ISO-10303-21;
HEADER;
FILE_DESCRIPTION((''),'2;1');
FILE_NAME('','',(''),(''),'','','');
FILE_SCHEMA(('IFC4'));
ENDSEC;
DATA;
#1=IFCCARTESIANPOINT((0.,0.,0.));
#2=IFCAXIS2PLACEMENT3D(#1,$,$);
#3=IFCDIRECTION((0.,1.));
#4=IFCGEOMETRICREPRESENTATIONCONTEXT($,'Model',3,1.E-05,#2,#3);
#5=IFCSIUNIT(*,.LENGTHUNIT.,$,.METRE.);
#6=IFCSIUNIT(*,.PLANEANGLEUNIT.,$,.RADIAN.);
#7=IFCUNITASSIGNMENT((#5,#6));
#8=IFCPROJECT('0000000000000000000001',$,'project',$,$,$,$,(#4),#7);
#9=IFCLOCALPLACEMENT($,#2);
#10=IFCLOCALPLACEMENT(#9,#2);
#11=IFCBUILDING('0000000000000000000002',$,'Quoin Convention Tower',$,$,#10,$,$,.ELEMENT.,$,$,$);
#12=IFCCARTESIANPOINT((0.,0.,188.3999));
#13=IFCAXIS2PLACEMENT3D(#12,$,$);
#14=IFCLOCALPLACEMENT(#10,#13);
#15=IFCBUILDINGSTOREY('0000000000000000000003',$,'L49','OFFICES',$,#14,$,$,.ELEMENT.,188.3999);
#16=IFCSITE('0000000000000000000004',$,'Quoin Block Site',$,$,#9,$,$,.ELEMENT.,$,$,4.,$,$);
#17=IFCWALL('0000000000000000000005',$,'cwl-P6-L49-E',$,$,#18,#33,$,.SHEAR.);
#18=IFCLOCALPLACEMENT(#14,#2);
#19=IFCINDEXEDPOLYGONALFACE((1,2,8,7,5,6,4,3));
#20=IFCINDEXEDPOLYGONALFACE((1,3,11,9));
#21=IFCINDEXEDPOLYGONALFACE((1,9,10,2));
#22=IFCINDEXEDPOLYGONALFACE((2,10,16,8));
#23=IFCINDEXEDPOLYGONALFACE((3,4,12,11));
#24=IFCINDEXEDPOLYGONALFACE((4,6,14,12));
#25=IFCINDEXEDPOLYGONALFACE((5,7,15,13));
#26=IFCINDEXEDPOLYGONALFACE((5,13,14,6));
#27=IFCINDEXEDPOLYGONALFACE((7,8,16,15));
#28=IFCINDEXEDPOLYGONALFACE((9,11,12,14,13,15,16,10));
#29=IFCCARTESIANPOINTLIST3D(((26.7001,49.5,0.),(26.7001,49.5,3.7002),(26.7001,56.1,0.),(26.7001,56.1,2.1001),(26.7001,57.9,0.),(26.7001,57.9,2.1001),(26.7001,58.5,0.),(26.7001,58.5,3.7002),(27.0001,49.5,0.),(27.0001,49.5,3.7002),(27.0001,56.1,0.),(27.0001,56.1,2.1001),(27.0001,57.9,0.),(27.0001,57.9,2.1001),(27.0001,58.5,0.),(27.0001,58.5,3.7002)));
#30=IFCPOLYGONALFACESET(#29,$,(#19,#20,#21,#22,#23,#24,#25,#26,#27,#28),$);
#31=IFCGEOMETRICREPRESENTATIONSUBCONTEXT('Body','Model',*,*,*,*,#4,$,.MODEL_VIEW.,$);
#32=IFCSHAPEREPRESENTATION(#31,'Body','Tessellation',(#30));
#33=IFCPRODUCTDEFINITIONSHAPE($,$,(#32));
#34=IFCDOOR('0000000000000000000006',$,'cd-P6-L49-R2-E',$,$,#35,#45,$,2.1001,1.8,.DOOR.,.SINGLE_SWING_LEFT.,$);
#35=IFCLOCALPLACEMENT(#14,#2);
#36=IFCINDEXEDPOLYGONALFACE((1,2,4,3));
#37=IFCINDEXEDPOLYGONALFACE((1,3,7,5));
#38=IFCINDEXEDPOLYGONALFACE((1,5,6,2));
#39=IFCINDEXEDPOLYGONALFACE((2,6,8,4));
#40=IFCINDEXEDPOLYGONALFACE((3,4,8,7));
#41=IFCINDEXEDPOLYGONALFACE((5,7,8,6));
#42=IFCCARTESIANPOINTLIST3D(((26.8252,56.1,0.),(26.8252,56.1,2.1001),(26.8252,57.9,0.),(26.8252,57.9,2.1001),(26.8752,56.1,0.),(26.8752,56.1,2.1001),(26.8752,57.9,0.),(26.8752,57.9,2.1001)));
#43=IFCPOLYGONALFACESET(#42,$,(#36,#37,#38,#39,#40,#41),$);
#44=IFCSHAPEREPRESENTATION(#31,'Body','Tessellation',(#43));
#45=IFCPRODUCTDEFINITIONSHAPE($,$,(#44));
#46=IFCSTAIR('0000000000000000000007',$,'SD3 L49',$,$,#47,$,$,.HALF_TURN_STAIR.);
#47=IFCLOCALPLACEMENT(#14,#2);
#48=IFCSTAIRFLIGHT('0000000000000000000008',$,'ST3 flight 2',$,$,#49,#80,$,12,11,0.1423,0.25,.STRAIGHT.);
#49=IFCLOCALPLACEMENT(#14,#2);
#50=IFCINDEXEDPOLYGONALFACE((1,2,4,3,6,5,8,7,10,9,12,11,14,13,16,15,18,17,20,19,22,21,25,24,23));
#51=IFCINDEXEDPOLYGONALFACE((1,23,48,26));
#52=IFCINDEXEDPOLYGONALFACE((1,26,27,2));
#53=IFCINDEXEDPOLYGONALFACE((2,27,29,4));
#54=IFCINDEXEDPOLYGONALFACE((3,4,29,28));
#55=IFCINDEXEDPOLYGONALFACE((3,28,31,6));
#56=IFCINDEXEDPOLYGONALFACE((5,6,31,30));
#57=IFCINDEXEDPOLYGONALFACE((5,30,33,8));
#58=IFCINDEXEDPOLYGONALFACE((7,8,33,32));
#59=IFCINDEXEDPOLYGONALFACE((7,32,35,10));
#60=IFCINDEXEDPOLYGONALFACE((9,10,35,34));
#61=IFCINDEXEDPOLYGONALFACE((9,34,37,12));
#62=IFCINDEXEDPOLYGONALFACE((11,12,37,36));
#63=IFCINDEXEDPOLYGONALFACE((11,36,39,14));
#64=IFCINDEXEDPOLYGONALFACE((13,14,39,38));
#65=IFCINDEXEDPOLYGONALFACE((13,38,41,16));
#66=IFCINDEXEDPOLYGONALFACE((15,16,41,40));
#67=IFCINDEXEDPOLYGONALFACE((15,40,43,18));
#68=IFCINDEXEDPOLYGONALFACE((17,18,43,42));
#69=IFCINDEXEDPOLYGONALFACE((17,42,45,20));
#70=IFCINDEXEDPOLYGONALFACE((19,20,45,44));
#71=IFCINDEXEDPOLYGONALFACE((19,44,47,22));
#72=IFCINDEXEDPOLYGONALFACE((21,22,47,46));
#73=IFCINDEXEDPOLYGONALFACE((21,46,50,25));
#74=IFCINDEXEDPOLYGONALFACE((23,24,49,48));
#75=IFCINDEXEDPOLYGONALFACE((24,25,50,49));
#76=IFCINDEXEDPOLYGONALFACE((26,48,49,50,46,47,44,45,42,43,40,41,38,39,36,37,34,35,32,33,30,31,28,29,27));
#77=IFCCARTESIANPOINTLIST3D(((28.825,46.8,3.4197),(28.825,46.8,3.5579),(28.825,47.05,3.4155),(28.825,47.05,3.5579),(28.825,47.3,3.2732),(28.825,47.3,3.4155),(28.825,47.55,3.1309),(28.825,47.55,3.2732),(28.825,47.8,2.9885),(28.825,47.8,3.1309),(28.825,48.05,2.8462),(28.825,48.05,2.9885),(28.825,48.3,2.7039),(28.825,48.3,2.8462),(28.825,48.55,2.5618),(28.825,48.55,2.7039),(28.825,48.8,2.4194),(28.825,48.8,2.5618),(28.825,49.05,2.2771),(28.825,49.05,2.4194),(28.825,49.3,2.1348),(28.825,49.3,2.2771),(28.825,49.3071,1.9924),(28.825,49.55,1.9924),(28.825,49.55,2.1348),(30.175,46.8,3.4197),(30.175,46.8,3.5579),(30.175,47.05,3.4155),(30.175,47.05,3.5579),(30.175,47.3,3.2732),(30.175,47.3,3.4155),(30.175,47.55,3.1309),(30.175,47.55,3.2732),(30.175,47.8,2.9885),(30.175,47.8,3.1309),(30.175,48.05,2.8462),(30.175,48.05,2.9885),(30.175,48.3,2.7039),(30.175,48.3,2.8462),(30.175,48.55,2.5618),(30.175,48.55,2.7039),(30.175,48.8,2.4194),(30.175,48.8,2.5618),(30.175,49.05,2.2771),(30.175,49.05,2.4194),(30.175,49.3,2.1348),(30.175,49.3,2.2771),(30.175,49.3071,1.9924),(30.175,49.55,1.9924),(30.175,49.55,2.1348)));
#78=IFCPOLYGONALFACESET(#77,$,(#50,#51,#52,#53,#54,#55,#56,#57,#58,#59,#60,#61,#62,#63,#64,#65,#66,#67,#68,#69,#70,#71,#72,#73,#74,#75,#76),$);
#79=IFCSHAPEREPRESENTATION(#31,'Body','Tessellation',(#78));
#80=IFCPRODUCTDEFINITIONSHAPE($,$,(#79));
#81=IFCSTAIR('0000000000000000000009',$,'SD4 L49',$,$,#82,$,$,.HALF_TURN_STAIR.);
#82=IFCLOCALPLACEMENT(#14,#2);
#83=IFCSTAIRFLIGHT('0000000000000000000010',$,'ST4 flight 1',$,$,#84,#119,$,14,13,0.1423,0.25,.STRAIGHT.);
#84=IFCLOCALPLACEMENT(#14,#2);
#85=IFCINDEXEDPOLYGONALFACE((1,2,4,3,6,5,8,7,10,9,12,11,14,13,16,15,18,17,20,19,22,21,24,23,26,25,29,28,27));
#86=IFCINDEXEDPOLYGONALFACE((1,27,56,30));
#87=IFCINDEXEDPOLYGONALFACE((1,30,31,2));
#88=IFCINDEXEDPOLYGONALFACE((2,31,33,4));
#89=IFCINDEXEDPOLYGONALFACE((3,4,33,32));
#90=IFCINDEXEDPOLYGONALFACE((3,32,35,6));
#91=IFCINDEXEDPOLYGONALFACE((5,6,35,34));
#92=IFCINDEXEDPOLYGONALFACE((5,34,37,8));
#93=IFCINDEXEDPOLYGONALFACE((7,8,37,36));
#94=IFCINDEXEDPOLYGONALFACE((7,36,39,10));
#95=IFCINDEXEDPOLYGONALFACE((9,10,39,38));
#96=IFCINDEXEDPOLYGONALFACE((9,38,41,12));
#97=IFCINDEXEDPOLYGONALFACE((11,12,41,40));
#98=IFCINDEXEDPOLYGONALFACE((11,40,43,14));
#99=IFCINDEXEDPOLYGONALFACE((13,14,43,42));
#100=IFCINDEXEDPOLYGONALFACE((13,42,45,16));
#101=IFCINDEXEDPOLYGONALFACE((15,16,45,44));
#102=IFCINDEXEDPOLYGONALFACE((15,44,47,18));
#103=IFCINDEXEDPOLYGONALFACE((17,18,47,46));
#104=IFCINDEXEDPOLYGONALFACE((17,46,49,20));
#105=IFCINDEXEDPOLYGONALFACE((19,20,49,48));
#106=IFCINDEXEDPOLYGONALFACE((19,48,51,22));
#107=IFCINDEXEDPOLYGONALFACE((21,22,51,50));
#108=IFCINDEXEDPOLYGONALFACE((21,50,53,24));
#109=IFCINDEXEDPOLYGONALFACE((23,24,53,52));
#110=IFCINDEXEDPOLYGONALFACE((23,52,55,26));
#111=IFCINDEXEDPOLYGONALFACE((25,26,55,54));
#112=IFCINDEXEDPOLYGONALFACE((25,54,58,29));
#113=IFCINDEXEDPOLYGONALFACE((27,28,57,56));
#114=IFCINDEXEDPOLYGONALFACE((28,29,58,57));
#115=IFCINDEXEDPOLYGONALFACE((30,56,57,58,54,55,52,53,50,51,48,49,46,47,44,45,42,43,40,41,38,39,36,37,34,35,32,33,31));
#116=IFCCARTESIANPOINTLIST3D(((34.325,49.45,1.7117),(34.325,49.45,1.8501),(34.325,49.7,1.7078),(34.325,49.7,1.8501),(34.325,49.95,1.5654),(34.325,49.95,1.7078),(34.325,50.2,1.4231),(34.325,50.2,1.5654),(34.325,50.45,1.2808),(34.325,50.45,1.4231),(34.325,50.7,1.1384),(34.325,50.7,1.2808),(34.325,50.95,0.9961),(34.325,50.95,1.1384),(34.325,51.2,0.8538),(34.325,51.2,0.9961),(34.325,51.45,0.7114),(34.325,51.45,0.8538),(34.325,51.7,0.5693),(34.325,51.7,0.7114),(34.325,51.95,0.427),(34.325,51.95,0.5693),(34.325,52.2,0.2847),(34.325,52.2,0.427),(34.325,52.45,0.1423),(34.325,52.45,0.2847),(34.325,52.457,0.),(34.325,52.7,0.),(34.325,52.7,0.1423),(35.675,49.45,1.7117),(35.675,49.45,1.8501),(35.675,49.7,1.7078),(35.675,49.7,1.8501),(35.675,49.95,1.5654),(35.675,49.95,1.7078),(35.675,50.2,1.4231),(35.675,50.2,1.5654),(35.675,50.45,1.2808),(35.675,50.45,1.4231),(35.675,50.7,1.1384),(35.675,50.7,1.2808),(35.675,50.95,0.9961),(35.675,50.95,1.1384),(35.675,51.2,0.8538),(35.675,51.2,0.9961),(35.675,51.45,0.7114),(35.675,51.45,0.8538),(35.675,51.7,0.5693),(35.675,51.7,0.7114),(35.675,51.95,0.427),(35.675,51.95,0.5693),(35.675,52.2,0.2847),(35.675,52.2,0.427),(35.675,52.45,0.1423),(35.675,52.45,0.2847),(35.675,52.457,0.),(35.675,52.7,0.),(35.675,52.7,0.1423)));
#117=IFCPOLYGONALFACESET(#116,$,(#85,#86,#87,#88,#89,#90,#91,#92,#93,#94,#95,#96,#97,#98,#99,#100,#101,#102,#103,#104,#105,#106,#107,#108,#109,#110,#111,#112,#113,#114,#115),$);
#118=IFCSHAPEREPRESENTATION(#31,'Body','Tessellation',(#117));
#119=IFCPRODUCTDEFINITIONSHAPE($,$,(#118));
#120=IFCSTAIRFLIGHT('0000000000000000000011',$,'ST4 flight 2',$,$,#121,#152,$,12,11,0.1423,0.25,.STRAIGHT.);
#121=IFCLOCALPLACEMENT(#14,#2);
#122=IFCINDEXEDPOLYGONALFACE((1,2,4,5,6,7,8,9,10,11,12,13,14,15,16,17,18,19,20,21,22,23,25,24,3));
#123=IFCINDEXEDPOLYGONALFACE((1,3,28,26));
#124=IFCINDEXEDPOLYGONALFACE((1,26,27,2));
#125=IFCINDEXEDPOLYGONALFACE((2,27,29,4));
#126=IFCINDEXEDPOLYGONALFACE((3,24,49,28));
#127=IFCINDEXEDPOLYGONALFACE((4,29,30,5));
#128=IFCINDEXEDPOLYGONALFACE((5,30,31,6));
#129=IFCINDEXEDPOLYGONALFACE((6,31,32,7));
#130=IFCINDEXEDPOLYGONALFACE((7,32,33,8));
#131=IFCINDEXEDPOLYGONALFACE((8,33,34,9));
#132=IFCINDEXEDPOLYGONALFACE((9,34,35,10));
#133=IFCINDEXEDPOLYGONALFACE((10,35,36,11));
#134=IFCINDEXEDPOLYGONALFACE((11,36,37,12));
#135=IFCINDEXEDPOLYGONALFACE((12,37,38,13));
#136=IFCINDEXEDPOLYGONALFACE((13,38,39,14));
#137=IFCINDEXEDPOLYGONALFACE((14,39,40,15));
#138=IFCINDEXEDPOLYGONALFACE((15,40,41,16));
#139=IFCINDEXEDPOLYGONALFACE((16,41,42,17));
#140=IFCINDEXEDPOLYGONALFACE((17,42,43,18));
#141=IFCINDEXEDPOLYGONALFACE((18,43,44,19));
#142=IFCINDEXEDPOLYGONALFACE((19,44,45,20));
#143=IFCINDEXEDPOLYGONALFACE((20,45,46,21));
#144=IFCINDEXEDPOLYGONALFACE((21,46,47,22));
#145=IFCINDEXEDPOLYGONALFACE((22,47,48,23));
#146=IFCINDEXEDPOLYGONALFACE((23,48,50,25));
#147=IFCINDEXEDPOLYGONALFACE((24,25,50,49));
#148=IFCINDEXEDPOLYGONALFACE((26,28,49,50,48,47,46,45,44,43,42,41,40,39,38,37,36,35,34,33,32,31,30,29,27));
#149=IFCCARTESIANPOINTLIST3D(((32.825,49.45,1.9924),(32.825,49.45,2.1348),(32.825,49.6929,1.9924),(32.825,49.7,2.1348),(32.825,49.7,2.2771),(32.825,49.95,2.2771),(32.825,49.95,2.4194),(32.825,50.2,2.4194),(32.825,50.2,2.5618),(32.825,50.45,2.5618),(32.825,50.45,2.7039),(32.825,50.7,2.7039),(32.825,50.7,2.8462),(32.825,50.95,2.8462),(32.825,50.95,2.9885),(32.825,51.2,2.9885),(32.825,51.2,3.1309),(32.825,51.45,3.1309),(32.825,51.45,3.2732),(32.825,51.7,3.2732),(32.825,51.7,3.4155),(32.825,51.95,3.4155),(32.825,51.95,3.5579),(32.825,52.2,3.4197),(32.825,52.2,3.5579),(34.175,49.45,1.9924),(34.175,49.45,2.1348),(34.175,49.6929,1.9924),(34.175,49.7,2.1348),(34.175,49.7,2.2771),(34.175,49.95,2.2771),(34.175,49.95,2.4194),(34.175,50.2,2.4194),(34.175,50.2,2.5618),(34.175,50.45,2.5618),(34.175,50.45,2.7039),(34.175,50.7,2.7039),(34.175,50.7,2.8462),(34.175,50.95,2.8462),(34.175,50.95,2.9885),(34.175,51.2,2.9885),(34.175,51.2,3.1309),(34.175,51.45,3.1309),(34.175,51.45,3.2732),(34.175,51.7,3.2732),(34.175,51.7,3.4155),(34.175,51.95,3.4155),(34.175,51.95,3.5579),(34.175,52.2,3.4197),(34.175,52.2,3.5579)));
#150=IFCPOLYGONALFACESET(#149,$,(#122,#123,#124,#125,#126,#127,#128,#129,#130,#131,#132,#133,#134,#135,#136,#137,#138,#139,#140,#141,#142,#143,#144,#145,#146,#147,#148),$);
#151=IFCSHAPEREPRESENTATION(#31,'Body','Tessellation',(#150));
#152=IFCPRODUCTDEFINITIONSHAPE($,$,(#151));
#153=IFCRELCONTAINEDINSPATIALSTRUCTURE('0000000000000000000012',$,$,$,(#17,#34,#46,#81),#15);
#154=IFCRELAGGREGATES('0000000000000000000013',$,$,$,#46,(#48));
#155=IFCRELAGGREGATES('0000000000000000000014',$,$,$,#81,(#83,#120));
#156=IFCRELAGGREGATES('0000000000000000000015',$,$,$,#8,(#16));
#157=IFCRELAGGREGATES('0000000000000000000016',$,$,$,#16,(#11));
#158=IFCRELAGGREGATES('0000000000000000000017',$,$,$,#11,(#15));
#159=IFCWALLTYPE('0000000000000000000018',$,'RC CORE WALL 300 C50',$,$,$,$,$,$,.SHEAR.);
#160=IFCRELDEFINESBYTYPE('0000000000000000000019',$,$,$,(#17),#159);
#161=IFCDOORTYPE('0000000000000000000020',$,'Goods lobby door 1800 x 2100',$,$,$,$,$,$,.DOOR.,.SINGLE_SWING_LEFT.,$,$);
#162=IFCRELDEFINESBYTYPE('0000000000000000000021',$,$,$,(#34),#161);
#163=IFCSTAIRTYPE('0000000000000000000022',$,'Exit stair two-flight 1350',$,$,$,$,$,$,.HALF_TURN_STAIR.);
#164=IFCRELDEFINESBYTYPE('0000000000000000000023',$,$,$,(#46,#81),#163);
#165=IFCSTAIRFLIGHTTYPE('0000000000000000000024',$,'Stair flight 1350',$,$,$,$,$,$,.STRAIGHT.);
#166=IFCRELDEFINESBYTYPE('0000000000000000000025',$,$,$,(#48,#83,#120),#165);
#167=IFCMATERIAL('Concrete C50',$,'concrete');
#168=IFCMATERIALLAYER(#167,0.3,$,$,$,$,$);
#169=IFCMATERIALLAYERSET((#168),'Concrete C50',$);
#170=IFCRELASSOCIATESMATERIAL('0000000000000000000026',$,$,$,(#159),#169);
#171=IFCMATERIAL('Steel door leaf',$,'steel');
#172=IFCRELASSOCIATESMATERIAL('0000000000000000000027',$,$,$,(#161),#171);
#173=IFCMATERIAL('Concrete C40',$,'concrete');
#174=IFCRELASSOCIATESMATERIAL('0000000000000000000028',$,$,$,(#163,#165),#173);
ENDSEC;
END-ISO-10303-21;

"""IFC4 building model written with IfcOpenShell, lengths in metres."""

from ifc_helpers import new_model, si_unit, direction, frame, frame_2d, origin, place, context, subcontext, project, spatial, polyline, rectangle, outline, extrude, material, layer, layer_set, type_object, element, fill, aggregate, save


model = new_model("IFC4")

# Units and contexts
model_context = context("Model", 3, precision=1e-05, world=origin(), true_north=direction((0.0, 1.0)))
body_context = subcontext(model_context, "Body", "Model", "MODEL_VIEW")
ifc_project = project(units=[si_unit("LENGTHUNIT", "METRE"), si_unit("PLANEANGLEUNIT", "RADIAN")], contexts=[model_context])

# Site, building, storey
site_placement = place(None, origin())
site = spatial("IfcSite", under=ifc_project, at=site_placement, Name="Quoin Block Site", CompositionType="ELEMENT", RefElevation=4.0)
building_placement = place(site_placement, origin())
building = spatial("IfcBuilding", under=site, at=building_placement, Name="Quoin Convention Tower", CompositionType="ELEMENT")
storey_placement = place(building_placement, frame((0.0, 0.0, 188.3999)))
storey = spatial("IfcBuildingStorey", under=building, at=storey_placement, Name="L49", Description="OFFICES", CompositionType="ELEMENT", Elevation=188.3999)

# Shared definitions
ifc_material_1 = material(Name="Concrete C50", Category="concrete")

# Wall, opening, door
ifc_layer_1 = layer(ifc_material_1, 0.3)
ifc_layer_set_1 = layer_set([ifc_layer_1], Name="Concrete C50")
wall_type_1 = type_object("IfcWallType", Name="RC CORE WALL 300 C50", PredefinedType="SHEAR", material=ifc_layer_set_1)
ifc_material_2 = material(Name="Steel door leaf", Category="steel")
wall_1_placement = place(storey_placement, frame((26.8501, 49.5, 0.0), z_axis=(0.0, 0.0, 1.0), x_axis=(0.0, 1.0, 0.0)))
wall_1 = element("IfcWall", 1, at=wall_1_placement, inside=storey, type_object=wall_type_1, Name="cwl-P6-L49-E", PredefinedType="SHEAR", context=body_context, shape_type="SweptSolid", body=[
    extrude(rectangle(XDim=9.0, YDim=0.3, at=frame_2d((4.5, 0.0))), origin(), (0.0, 0.0, 1.0), 3.7002),
])
opening_1_placement = place(wall_1_placement, frame((6.6001, 0.0, 0.0)))
opening_1 = element("IfcOpeningElement", 2, at=opening_1_placement, cuts=wall_1, PredefinedType="OPENING", context=body_context, shape_type="SweptSolid", body=[
    extrude(rectangle(XDim=1.8, YDim=2.1001, at=frame_2d((0.8999, 1.05))), frame((0.0, 0.1599, 0.0), z_axis=(0.0, -1.0, 0.0), x_axis=(1.0, 0.0, 0.0)), (0.0, 0.0, 1.0), 0.3201),
])
door_type_1 = type_object("IfcDoorType", Name="Goods lobby door 1800 x 2100", OperationType="SINGLE_SWING_LEFT", PredefinedType="DOOR", material=ifc_material_2)
door_1_placement = place(opening_1_placement, origin())
door_1 = element("IfcDoor", 3, at=door_1_placement, inside=storey, type_object=door_type_1, Name="cd-P6-L49-R2-E", OperationType="SINGLE_SWING_LEFT", OverallHeight=2.1001, OverallWidth=1.8, PredefinedType="DOOR", context=body_context, shape_type="SweptSolid", body=[
    extrude(rectangle(XDim=1.8, YDim=2.1001, at=frame_2d((0.8999, 1.05))), frame((0.0, 0.0249, 0.0), z_axis=(0.0, -1.0, 0.0), x_axis=(1.0, 0.0, 0.0)), (0.0, 0.0, 1.0), 0.05),
])
fill(opening_1, door_1)

# Stair, stair flight
ifc_material_3 = material(Name="Concrete C40", Category="concrete")
stair_type = type_object("IfcStairType", Name="Exit stair two-flight 1350", PredefinedType="HALF_TURN_STAIR", material=ifc_material_3)
stair_1_placement = place(storey_placement, origin())
stair_1 = element("IfcStair", 4, at=stair_1_placement, inside=storey, type_object=stair_type, Name="SD3 L49", PredefinedType="HALF_TURN_STAIR")
stair_flight_type = type_object("IfcStairFlightType", Name="Stair flight 1350", PredefinedType="STRAIGHT", material=ifc_material_3)
stair_flight_1_placement = place(storey_placement, frame((29.5, 49.55, 1.9924), z_axis=(0.0, 0.0, 1.0), x_axis=(0.0, -1.0, 0.0)))
stair_flight_1 = element("IfcStairFlight", 5, at=stair_flight_1_placement, type_object=stair_flight_type, Name="ST3 flight 2", NumberOfRisers=12, NumberOfTreads=11, PredefinedType="STRAIGHT", RiserHeight=0.1423, TreadLength=0.25, context=body_context, shape_type="SweptSolid", body=[
    extrude(outline(polyline([(0.0, 0.0), (0.0, 0.1423), (0.25, 0.1423), (0.25, 0.2847), (0.5, 0.2847), (0.5, 0.427), (0.75, 0.427), (0.75, 0.5693), (1.0, 0.5693), (1.0, 0.7114), (1.25, 0.7114), (1.25, 0.8538), (1.5, 0.8538), (1.5, 0.9961), (1.75, 0.9961), (1.75, 1.1384), (2.0, 1.1384), (2.0, 1.2808), (2.25, 1.2808), (2.25, 1.4231), (2.5, 1.4231), (2.5, 1.5654), (2.75, 1.5654), (2.75, 1.7078), (2.75, 1.4272), (0.2429, 0.0), (0.0, 0.0)])), frame((0.0, 0.675, 0.0), z_axis=(0.0, -1.0, 0.0), x_axis=(1.0, 0.0, 0.0)), (0.0, 0.0, 1.0), 1.3501),
])
aggregate(stair_1, [stair_flight_1])

# Stair, stair flights
stair_2_placement = place(storey_placement, origin())
stair_2 = element("IfcStair", 6, at=stair_2_placement, inside=storey, type_object=stair_type, Name="SD4 L49", PredefinedType="HALF_TURN_STAIR")
stair_flight_2_placement = place(storey_placement, frame((35.0, 52.7, 0.0), z_axis=(0.0, 0.0, 1.0), x_axis=(0.0, -1.0, 0.0)))
stair_flight_2 = element("IfcStairFlight", 7, at=stair_flight_2_placement, type_object=stair_flight_type, Name="ST4 flight 1", NumberOfRisers=14, NumberOfTreads=13, PredefinedType="STRAIGHT", RiserHeight=0.1423, TreadLength=0.25, context=body_context, shape_type="SweptSolid", body=[
    extrude(outline(polyline([(0.0, 0.0), (0.0, 0.1423), (0.25, 0.1423), (0.25, 0.2847), (0.5, 0.2847), (0.5, 0.427), (0.75, 0.427), (0.75, 0.5693), (1.0, 0.5693), (1.0, 0.7114), (1.25, 0.7114), (1.25, 0.8538), (1.5, 0.8538), (1.5, 0.9961), (1.75, 0.9961), (1.75, 1.1384), (2.0, 1.1384), (2.0, 1.2808), (2.25, 1.2808), (2.25, 1.4231), (2.5, 1.4231), (2.5, 1.5654), (2.75, 1.5654), (2.75, 1.7078), (3.0, 1.7078), (3.0, 1.8501), (3.25, 1.8501), (3.25, 1.9922), (3.25, 1.7117), (0.2429, 0.0), (0.0, 0.0)])), frame((0.0, 0.675, 0.0), z_axis=(0.0, -1.0, 0.0), x_axis=(1.0, 0.0, 0.0)), (0.0, 0.0, 1.0), 1.3501),
])
stair_flight_3_placement = place(storey_placement, frame((33.5, 49.45, 1.9924), z_axis=(0.0, 0.0, 1.0), x_axis=(0.0, 1.0, 0.0)))
stair_flight_3 = element("IfcStairFlight", 8, at=stair_flight_3_placement, type_object=stair_flight_type, Name="ST4 flight 2", NumberOfRisers=12, NumberOfTreads=11, PredefinedType="STRAIGHT", RiserHeight=0.1423, TreadLength=0.25, context=body_context, shape_type="SweptSolid", body=[
    extrude(outline(polyline([(0.0, 0.0), (0.0, 0.1423), (0.25, 0.1423), (0.25, 0.2847), (0.5, 0.2847), (0.5, 0.427), (0.75, 0.427), (0.75, 0.5693), (1.0, 0.5693), (1.0, 0.7114), (1.25, 0.7114), (1.25, 0.8538), (1.5, 0.8538), (1.5, 0.9961), (1.75, 0.9961), (1.75, 1.1384), (2.0, 1.1384), (2.0, 1.2808), (2.25, 1.2808), (2.25, 1.4231), (2.5, 1.4231), (2.5, 1.5654), (2.75, 1.5654), (2.75, 1.7078), (2.75, 1.4272), (0.2429, 0.0), (0.0, 0.0)])), frame((0.0, 0.675, 0.0), z_axis=(0.0, -1.0, 0.0), x_axis=(1.0, 0.0, 0.0)), (0.0, 0.0, 1.0), 1.3501),
])
aggregate(stair_2, [stair_flight_2, stair_flight_3])

save(model, "model.ifc")
